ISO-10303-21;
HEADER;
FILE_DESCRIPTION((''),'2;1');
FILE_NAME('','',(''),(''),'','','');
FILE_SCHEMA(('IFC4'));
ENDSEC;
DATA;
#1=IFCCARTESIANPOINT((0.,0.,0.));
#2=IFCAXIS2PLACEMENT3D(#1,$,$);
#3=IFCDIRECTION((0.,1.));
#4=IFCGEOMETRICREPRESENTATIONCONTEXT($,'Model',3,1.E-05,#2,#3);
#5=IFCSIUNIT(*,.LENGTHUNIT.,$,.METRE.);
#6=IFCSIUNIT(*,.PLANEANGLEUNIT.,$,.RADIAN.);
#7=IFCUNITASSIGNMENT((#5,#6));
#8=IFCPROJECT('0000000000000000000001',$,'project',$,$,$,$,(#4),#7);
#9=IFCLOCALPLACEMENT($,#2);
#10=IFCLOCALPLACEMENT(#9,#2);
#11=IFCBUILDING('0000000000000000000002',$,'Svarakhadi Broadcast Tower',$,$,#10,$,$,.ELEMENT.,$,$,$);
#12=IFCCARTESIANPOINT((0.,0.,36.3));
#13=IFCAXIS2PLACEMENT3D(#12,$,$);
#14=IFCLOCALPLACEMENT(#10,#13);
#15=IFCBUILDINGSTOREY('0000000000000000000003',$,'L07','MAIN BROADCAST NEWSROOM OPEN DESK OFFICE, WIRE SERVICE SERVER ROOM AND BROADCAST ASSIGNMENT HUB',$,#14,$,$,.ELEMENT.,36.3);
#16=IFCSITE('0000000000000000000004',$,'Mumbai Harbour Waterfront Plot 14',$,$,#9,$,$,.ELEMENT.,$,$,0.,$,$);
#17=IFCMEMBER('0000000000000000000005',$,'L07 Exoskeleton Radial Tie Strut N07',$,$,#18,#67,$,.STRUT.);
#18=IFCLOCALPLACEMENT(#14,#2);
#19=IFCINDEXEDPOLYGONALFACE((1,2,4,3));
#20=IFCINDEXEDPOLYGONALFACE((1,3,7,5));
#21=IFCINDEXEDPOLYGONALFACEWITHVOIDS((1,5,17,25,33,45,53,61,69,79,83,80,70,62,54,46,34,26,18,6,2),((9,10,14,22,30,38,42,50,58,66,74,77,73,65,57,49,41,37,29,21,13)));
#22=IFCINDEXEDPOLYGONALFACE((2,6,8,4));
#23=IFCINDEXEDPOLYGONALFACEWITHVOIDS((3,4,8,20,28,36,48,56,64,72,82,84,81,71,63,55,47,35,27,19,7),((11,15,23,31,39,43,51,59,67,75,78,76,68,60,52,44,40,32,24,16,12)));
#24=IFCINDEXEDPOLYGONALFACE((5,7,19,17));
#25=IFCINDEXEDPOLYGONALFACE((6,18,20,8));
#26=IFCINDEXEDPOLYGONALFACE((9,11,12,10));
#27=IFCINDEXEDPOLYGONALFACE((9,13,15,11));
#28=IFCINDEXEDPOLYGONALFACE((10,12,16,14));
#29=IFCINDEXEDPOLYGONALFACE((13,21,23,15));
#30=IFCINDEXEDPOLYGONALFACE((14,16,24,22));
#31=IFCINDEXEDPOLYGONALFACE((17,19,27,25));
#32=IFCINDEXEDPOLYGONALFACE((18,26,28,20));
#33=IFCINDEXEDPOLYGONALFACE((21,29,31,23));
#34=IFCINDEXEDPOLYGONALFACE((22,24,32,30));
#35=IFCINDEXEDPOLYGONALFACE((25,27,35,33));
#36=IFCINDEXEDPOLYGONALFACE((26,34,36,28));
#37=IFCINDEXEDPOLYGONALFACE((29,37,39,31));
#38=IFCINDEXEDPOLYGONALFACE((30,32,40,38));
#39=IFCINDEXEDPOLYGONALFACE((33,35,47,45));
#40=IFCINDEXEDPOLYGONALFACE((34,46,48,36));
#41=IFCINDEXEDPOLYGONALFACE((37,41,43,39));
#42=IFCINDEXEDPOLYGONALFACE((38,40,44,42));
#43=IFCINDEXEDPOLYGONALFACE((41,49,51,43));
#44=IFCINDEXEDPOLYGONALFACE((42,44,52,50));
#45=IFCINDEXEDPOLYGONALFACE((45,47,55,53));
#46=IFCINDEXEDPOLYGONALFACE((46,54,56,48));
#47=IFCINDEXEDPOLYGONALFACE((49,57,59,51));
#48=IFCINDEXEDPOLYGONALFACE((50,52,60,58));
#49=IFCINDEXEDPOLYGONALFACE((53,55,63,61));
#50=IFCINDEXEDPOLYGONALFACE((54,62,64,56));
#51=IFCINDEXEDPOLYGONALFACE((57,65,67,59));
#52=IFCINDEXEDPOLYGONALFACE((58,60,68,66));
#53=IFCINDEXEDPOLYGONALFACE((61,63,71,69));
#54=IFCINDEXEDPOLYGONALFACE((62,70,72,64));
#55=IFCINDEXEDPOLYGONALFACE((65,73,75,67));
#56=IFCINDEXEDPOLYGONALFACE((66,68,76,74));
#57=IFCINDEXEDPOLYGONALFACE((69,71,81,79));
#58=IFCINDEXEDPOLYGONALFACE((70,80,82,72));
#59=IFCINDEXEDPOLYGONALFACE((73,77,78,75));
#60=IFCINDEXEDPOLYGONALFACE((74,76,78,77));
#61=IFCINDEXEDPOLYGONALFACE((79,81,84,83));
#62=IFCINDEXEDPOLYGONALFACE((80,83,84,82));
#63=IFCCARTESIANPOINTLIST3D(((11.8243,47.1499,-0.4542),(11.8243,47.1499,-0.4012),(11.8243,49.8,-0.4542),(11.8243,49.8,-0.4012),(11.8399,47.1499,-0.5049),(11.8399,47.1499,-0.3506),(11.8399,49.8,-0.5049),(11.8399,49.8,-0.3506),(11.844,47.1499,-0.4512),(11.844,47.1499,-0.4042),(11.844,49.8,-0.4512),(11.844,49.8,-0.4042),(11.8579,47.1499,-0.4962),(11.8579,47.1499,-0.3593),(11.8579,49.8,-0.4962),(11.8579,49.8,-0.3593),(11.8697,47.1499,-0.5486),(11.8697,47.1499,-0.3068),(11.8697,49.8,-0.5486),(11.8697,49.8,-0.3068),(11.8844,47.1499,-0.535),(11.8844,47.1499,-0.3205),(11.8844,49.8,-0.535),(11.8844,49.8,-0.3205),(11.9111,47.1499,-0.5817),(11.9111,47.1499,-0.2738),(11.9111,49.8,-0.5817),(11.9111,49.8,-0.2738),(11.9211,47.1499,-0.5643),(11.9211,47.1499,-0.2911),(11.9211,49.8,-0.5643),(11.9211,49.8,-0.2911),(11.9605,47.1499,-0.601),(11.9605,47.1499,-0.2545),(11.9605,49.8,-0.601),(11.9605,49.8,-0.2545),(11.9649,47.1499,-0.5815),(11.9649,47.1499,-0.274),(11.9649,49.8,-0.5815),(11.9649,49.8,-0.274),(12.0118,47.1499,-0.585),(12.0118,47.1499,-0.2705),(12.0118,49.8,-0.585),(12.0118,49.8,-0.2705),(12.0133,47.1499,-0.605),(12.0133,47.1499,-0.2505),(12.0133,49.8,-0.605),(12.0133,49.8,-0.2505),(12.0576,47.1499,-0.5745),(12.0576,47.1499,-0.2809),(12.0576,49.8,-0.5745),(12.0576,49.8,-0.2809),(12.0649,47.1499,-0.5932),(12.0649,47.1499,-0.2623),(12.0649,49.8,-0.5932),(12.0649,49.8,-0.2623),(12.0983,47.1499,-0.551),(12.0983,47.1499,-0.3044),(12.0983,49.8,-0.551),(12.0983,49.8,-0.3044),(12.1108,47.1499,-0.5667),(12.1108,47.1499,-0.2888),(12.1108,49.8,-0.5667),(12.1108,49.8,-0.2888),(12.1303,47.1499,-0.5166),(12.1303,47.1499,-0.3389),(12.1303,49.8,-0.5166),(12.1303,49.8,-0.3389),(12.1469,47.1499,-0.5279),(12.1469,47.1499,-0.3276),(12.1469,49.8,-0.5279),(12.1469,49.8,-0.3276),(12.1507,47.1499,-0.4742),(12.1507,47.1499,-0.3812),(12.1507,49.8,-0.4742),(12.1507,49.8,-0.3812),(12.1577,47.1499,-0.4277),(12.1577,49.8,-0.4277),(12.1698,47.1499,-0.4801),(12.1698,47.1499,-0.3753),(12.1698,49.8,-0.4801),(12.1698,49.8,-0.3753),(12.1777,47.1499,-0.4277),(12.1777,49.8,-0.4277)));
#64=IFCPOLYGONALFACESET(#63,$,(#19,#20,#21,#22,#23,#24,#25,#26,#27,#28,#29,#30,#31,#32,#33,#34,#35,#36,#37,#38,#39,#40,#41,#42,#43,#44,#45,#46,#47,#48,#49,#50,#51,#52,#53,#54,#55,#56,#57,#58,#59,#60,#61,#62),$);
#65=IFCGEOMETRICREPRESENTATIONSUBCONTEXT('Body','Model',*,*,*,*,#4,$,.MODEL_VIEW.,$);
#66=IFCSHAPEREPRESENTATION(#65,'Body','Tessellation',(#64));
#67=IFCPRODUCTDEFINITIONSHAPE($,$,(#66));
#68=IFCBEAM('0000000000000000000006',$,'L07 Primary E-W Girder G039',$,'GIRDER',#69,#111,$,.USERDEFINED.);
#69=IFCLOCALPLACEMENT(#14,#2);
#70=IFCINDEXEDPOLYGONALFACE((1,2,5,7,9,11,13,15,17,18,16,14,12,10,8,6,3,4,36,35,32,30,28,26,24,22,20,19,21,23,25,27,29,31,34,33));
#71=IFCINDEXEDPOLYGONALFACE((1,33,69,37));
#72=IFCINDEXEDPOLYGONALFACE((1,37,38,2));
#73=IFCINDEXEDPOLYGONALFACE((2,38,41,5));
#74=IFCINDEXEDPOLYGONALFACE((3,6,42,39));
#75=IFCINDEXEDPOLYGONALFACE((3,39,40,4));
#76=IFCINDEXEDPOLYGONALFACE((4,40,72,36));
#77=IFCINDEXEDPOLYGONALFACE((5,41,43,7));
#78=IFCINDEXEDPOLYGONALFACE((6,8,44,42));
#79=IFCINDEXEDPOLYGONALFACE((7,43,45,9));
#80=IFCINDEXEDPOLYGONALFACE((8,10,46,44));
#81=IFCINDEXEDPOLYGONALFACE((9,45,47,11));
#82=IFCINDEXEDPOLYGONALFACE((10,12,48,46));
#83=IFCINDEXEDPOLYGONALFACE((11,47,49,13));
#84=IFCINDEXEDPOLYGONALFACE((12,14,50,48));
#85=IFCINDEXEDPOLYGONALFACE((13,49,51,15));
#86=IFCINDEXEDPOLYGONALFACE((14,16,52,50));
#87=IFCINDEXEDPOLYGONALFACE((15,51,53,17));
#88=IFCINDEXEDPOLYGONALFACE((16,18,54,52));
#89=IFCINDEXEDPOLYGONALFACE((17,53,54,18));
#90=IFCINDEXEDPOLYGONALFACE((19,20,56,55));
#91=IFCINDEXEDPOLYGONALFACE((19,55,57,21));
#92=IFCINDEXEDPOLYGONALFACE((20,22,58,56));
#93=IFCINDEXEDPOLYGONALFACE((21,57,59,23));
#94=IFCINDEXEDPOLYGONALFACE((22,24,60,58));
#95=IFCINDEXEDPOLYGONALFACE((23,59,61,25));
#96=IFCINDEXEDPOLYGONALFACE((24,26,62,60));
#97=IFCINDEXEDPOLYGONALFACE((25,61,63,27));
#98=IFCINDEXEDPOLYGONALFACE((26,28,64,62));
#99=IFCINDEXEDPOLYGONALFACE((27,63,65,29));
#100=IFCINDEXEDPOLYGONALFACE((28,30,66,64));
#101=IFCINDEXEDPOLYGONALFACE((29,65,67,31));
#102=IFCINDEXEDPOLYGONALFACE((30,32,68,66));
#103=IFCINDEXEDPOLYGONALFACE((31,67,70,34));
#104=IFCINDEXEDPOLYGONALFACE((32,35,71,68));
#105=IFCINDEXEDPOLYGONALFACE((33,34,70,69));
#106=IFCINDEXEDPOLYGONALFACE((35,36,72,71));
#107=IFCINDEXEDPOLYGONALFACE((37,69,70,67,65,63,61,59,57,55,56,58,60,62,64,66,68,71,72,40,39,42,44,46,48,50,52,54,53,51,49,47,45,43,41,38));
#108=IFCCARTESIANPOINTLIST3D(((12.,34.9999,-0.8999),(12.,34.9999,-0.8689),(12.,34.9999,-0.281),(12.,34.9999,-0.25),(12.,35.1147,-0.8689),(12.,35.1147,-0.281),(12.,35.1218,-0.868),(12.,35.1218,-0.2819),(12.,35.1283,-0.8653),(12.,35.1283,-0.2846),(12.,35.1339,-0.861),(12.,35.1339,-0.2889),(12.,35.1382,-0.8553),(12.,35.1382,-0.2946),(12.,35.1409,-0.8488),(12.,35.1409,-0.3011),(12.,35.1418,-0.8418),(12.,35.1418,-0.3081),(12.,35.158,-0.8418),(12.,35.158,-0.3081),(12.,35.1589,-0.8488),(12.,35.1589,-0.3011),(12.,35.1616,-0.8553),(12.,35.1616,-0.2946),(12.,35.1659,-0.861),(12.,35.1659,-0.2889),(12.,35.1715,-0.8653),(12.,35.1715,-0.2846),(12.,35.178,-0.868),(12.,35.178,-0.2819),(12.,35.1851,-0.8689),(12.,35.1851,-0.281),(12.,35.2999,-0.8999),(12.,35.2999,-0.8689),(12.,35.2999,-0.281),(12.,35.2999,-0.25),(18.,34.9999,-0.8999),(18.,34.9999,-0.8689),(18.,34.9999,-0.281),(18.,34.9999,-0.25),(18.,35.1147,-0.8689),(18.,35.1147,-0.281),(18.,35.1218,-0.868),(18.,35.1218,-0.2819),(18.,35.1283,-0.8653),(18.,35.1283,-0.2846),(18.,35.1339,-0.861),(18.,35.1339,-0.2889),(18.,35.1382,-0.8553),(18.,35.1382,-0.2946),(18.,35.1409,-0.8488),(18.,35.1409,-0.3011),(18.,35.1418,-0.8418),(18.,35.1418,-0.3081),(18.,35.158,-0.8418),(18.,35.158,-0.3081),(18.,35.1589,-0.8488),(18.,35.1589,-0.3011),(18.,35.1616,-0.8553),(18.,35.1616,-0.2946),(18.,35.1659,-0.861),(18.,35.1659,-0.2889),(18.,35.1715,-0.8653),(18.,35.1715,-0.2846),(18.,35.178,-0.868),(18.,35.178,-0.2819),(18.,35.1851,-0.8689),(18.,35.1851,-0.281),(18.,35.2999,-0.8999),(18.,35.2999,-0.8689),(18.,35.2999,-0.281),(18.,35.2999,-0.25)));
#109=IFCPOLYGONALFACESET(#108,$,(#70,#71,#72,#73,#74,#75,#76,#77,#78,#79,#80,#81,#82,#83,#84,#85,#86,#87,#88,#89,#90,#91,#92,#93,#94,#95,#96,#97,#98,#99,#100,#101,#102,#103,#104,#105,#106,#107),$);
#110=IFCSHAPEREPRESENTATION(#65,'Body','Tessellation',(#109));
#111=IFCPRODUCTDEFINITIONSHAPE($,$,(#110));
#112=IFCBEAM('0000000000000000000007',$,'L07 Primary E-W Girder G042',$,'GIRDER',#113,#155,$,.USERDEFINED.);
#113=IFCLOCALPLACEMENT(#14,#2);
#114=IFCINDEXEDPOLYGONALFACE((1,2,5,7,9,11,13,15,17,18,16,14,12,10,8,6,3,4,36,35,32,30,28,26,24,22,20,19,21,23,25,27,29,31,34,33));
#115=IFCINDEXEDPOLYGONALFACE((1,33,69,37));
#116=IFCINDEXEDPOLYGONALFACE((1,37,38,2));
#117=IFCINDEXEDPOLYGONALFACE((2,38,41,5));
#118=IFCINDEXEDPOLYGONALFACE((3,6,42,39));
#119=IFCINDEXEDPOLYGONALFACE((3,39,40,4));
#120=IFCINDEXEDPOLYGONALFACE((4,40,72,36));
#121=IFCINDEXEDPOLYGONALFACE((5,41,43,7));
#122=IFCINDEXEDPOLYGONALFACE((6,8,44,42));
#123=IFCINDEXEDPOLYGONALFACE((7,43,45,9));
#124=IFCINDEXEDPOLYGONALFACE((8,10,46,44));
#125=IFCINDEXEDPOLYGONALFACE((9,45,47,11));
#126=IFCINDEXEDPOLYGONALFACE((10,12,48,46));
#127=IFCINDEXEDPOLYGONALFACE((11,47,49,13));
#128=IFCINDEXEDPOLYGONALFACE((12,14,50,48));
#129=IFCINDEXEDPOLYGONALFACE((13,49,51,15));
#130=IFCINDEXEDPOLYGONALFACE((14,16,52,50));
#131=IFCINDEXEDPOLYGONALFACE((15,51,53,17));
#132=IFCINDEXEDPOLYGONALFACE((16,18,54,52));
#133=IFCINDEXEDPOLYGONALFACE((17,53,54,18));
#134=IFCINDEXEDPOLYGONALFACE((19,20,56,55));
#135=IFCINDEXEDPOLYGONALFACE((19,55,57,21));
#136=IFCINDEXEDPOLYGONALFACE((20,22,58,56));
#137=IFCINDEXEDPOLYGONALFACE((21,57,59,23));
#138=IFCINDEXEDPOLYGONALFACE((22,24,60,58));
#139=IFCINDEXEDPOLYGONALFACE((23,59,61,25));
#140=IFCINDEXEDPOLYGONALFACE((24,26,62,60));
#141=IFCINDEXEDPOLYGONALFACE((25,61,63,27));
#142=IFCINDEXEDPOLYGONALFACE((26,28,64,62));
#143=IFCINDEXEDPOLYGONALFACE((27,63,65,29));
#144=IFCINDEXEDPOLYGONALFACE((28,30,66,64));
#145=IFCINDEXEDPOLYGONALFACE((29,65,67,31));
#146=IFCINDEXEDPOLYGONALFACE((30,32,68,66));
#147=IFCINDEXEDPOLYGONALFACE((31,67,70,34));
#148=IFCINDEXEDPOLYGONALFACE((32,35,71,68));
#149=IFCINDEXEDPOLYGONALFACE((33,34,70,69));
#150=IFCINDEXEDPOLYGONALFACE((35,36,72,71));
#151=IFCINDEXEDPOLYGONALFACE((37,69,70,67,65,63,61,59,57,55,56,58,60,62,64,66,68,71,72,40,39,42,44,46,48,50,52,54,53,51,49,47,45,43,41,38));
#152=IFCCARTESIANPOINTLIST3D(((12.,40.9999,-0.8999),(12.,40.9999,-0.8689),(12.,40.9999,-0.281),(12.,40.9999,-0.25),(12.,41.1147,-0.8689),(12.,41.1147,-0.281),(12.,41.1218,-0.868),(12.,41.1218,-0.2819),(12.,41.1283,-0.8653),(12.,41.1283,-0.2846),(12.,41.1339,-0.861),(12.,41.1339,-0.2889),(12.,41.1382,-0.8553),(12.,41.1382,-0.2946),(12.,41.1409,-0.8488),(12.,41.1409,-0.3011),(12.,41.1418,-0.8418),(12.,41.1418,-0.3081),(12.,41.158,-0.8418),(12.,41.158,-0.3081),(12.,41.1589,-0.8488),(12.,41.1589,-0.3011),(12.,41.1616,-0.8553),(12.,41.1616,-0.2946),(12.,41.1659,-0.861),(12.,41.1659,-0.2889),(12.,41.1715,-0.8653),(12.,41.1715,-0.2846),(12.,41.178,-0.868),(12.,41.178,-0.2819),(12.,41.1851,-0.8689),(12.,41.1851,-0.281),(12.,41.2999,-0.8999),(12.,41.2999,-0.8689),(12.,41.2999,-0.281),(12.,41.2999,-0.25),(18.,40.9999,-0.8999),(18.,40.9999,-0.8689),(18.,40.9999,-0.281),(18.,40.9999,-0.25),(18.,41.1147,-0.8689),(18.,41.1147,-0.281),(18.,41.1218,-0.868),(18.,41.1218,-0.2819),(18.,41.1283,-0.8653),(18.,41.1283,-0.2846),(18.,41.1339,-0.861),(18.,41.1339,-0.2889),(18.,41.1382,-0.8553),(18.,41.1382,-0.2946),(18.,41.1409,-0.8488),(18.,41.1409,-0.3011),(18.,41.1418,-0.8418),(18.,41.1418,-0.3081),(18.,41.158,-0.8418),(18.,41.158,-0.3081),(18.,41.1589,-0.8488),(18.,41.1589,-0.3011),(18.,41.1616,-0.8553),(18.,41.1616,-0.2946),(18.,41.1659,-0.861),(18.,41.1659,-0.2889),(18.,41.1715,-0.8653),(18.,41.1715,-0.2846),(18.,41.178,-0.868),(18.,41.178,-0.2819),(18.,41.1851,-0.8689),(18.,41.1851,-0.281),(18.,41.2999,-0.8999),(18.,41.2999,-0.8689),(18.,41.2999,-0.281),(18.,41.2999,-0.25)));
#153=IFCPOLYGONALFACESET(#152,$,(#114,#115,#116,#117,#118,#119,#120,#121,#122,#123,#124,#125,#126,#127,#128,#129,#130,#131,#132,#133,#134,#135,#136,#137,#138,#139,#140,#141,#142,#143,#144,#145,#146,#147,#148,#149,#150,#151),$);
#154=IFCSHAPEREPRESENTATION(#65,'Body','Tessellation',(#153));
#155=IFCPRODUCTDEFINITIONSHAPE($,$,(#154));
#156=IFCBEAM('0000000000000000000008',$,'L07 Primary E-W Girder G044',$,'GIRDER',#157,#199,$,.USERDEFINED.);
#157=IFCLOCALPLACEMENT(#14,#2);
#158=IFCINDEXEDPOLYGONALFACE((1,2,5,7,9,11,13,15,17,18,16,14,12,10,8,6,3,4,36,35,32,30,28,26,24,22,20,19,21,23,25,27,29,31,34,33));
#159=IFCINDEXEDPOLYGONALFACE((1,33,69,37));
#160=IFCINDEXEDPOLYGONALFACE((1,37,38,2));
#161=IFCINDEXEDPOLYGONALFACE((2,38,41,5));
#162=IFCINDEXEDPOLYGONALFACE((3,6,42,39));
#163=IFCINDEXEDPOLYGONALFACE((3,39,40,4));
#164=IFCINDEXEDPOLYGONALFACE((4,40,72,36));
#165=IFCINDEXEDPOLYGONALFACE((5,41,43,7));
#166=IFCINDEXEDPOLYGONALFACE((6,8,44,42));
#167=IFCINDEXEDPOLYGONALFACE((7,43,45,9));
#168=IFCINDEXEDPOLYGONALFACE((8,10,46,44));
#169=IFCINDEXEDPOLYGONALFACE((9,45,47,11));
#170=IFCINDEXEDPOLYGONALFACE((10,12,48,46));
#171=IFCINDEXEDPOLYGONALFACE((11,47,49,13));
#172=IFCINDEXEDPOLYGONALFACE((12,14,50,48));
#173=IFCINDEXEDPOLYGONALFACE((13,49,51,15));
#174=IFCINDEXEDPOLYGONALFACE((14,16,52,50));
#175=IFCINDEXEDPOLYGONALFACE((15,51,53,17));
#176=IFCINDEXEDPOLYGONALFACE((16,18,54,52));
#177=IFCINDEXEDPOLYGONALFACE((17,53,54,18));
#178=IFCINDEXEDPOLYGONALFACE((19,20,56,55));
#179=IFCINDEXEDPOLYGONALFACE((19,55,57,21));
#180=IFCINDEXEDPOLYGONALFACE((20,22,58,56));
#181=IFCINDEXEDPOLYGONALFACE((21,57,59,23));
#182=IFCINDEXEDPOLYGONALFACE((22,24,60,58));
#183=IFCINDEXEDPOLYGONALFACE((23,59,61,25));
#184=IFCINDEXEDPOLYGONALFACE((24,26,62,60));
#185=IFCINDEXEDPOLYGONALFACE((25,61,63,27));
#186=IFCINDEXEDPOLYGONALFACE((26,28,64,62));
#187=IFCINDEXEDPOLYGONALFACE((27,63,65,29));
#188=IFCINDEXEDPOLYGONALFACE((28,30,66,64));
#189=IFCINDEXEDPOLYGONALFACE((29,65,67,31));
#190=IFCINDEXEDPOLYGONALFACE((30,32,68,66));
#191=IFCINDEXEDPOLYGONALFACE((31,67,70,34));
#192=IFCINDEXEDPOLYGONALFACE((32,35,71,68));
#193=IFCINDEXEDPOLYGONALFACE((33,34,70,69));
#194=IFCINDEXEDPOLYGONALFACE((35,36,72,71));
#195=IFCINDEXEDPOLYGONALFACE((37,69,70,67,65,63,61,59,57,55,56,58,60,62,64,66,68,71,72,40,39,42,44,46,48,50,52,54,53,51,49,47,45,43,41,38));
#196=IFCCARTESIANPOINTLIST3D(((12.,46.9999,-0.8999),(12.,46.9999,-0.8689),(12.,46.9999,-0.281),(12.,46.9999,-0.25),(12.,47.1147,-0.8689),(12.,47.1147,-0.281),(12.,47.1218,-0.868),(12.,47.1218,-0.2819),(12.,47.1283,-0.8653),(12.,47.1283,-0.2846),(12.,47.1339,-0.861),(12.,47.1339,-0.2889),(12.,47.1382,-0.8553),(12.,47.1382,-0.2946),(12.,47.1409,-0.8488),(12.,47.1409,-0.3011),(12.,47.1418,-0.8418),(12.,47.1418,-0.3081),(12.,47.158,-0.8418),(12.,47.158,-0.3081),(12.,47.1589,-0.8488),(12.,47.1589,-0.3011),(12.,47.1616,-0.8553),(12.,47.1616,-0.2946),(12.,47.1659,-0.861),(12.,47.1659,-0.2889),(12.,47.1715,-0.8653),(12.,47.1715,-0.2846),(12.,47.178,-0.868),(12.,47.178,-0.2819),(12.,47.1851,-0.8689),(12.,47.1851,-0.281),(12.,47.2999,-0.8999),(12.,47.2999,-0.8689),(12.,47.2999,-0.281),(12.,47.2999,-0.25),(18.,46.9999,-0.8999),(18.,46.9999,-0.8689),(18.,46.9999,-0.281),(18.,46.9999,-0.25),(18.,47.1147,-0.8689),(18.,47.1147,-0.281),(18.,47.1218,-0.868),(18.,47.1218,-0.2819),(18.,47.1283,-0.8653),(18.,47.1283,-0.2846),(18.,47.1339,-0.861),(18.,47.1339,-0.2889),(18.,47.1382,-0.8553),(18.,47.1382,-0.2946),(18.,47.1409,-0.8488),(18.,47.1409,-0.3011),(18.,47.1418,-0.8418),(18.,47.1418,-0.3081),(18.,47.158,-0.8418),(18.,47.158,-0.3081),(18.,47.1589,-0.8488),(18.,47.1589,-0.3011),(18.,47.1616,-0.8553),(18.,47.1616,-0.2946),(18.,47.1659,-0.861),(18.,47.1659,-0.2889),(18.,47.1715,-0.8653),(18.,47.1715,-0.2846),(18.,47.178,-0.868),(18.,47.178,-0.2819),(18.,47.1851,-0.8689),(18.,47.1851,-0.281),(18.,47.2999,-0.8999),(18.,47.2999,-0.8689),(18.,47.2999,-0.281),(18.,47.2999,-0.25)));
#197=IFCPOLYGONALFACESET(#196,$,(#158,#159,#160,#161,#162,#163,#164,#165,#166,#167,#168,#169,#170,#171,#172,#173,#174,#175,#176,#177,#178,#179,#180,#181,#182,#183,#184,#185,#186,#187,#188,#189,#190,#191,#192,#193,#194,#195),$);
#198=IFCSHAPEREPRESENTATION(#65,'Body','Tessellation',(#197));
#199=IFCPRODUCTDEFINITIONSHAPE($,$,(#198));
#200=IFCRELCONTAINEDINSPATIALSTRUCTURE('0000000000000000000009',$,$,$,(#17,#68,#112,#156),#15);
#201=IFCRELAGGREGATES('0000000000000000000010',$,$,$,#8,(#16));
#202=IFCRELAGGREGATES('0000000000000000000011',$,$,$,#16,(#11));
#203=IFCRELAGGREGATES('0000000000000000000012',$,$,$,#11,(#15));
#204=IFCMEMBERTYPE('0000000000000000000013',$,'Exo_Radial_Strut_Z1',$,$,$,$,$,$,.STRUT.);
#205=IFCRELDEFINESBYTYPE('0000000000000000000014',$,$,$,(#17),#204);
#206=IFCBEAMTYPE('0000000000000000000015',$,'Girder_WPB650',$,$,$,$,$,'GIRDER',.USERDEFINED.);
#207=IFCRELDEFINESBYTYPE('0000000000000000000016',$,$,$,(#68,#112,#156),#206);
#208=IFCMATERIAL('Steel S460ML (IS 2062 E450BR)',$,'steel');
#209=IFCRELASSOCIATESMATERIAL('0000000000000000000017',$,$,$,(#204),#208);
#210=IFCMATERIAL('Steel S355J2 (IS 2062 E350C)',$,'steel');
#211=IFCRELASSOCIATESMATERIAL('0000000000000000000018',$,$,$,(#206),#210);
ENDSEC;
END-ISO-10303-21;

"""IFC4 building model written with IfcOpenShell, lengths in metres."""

from ifc_helpers import new_model, si_unit, direction, frame, origin, origin_2d, place, context, subcontext, project, spatial, hollow_circle, i_section, extrude, material, material_profile, profile_set, type_object, element, save


model = new_model("IFC4")

# Units and contexts
model_context = context("Model", 3, precision=1e-05, world=origin(), true_north=direction((0.0, 1.0)))
body_context = subcontext(model_context, "Body", "Model", "MODEL_VIEW")
ifc_project = project(units=[si_unit("LENGTHUNIT", "METRE"), si_unit("PLANEANGLEUNIT", "RADIAN")], contexts=[model_context])

# Site, building, storey
site_placement = place(None, origin())
site = spatial("IfcSite", under=ifc_project, at=site_placement, Name="Mumbai Harbour Waterfront Plot 14", CompositionType="ELEMENT", RefElevation=0.0)
building_placement = place(site_placement, origin())
building = spatial("IfcBuilding", under=site, at=building_placement, Name="Svarakhadi Broadcast Tower", CompositionType="ELEMENT")
storey_placement = place(building_placement, frame((0.0, 0.0, 36.3)))
storey = spatial("IfcBuildingStorey", under=building, at=storey_placement, Name="L07", Description="MAIN BROADCAST NEWSROOM OPEN DESK OFFICE, WIRE SERVICE SERVER ROOM AND BROADCAST ASSIGNMENT HUB", CompositionType="ELEMENT", Elevation=36.3)

# Shared definitions
ifc_material_1 = material(Name="Steel S460ML (IS 2062 E450BR)", Category="steel")

# Shared definitions
ifc_material_2 = material(Name="Steel S355J2 (IS 2062 E350C)", Category="steel")

# Member
ifc_material_profile_1 = material_profile(ifc_material_1, hollow_circle(Radius=0.1777, WallThickness=0.02, at=origin_2d()), Name="CHS 355.6x20")
ifc_profile_set_1 = profile_set([ifc_material_profile_1], Name="Steel S460ML (IS 2062 E450BR)")
member_type_1 = type_object("IfcMemberType", Name="Exo_Radial_Strut_Z1", PredefinedType="STRUT", material=ifc_profile_set_1)
member_1_placement = place(storey_placement, frame((12.0, 49.8, -0.4277), z_axis=(0.0, -1.0, 0.0), x_axis=(1.0, 0.0, 0.0)))
element("IfcMember", 1, at=member_1_placement, inside=storey, type_object=member_type_1, Name="L07 Exoskeleton Radial Tie Strut N07", PredefinedType="STRUT", context=body_context, shape_type="SweptSolid", body=[
    extrude(hollow_circle(Radius=0.1777, WallThickness=0.02, at=origin_2d()), origin(), (0.0, 0.0, 1.0), 2.6501),
])

# Beams
ifc_material_profile_2 = material_profile(ifc_material_2, i_section(OverallWidth=0.3, OverallDepth=0.6499, WebThickness=0.0161, FlangeThickness=0.031, FilletRadius=0.0271, at=origin_2d()), Name="WPB 650x300x225")
ifc_profile_set_2 = profile_set([ifc_material_profile_2], Name="Steel S355J2 (IS 2062 E350C)")
beam_type_1 = type_object("IfcBeamType", Name="Girder_WPB650", ElementType="GIRDER", PredefinedType="USERDEFINED", material=ifc_profile_set_2)
for number, where, z_axis, x_axis, name in (
    (2, (12.0, 35.1499, -0.575), (1.0, 0.0, 0.0), (0.0, 1.0, 0.0), "L07 Primary E-W Girder G039"),
    (3, (12.0, 41.1499, -0.575), (1.0, 0.0, 0.0), (0.0, 1.0, 0.0), "L07 Primary E-W Girder G042"),
    (4, (12.0, 47.1499, -0.575), (1.0, 0.0, 0.0), (0.0, 1.0, 0.0), "L07 Primary E-W Girder G044"),
):
    element("IfcBeam", number, at=place(storey_placement, frame(where, z_axis=z_axis, x_axis=x_axis)), inside=storey, type_object=beam_type_1, Name=name, ObjectType="GIRDER", PredefinedType="USERDEFINED", context=body_context, shape_type="SweptSolid", body=[
        extrude(i_section(OverallWidth=0.3, OverallDepth=0.6499, WebThickness=0.0161, FlangeThickness=0.031, FilletRadius=0.0271, at=origin_2d()), origin(), (0.0, 0.0, 1.0), 6.0),
    ])

save(model, "model.ifc")
